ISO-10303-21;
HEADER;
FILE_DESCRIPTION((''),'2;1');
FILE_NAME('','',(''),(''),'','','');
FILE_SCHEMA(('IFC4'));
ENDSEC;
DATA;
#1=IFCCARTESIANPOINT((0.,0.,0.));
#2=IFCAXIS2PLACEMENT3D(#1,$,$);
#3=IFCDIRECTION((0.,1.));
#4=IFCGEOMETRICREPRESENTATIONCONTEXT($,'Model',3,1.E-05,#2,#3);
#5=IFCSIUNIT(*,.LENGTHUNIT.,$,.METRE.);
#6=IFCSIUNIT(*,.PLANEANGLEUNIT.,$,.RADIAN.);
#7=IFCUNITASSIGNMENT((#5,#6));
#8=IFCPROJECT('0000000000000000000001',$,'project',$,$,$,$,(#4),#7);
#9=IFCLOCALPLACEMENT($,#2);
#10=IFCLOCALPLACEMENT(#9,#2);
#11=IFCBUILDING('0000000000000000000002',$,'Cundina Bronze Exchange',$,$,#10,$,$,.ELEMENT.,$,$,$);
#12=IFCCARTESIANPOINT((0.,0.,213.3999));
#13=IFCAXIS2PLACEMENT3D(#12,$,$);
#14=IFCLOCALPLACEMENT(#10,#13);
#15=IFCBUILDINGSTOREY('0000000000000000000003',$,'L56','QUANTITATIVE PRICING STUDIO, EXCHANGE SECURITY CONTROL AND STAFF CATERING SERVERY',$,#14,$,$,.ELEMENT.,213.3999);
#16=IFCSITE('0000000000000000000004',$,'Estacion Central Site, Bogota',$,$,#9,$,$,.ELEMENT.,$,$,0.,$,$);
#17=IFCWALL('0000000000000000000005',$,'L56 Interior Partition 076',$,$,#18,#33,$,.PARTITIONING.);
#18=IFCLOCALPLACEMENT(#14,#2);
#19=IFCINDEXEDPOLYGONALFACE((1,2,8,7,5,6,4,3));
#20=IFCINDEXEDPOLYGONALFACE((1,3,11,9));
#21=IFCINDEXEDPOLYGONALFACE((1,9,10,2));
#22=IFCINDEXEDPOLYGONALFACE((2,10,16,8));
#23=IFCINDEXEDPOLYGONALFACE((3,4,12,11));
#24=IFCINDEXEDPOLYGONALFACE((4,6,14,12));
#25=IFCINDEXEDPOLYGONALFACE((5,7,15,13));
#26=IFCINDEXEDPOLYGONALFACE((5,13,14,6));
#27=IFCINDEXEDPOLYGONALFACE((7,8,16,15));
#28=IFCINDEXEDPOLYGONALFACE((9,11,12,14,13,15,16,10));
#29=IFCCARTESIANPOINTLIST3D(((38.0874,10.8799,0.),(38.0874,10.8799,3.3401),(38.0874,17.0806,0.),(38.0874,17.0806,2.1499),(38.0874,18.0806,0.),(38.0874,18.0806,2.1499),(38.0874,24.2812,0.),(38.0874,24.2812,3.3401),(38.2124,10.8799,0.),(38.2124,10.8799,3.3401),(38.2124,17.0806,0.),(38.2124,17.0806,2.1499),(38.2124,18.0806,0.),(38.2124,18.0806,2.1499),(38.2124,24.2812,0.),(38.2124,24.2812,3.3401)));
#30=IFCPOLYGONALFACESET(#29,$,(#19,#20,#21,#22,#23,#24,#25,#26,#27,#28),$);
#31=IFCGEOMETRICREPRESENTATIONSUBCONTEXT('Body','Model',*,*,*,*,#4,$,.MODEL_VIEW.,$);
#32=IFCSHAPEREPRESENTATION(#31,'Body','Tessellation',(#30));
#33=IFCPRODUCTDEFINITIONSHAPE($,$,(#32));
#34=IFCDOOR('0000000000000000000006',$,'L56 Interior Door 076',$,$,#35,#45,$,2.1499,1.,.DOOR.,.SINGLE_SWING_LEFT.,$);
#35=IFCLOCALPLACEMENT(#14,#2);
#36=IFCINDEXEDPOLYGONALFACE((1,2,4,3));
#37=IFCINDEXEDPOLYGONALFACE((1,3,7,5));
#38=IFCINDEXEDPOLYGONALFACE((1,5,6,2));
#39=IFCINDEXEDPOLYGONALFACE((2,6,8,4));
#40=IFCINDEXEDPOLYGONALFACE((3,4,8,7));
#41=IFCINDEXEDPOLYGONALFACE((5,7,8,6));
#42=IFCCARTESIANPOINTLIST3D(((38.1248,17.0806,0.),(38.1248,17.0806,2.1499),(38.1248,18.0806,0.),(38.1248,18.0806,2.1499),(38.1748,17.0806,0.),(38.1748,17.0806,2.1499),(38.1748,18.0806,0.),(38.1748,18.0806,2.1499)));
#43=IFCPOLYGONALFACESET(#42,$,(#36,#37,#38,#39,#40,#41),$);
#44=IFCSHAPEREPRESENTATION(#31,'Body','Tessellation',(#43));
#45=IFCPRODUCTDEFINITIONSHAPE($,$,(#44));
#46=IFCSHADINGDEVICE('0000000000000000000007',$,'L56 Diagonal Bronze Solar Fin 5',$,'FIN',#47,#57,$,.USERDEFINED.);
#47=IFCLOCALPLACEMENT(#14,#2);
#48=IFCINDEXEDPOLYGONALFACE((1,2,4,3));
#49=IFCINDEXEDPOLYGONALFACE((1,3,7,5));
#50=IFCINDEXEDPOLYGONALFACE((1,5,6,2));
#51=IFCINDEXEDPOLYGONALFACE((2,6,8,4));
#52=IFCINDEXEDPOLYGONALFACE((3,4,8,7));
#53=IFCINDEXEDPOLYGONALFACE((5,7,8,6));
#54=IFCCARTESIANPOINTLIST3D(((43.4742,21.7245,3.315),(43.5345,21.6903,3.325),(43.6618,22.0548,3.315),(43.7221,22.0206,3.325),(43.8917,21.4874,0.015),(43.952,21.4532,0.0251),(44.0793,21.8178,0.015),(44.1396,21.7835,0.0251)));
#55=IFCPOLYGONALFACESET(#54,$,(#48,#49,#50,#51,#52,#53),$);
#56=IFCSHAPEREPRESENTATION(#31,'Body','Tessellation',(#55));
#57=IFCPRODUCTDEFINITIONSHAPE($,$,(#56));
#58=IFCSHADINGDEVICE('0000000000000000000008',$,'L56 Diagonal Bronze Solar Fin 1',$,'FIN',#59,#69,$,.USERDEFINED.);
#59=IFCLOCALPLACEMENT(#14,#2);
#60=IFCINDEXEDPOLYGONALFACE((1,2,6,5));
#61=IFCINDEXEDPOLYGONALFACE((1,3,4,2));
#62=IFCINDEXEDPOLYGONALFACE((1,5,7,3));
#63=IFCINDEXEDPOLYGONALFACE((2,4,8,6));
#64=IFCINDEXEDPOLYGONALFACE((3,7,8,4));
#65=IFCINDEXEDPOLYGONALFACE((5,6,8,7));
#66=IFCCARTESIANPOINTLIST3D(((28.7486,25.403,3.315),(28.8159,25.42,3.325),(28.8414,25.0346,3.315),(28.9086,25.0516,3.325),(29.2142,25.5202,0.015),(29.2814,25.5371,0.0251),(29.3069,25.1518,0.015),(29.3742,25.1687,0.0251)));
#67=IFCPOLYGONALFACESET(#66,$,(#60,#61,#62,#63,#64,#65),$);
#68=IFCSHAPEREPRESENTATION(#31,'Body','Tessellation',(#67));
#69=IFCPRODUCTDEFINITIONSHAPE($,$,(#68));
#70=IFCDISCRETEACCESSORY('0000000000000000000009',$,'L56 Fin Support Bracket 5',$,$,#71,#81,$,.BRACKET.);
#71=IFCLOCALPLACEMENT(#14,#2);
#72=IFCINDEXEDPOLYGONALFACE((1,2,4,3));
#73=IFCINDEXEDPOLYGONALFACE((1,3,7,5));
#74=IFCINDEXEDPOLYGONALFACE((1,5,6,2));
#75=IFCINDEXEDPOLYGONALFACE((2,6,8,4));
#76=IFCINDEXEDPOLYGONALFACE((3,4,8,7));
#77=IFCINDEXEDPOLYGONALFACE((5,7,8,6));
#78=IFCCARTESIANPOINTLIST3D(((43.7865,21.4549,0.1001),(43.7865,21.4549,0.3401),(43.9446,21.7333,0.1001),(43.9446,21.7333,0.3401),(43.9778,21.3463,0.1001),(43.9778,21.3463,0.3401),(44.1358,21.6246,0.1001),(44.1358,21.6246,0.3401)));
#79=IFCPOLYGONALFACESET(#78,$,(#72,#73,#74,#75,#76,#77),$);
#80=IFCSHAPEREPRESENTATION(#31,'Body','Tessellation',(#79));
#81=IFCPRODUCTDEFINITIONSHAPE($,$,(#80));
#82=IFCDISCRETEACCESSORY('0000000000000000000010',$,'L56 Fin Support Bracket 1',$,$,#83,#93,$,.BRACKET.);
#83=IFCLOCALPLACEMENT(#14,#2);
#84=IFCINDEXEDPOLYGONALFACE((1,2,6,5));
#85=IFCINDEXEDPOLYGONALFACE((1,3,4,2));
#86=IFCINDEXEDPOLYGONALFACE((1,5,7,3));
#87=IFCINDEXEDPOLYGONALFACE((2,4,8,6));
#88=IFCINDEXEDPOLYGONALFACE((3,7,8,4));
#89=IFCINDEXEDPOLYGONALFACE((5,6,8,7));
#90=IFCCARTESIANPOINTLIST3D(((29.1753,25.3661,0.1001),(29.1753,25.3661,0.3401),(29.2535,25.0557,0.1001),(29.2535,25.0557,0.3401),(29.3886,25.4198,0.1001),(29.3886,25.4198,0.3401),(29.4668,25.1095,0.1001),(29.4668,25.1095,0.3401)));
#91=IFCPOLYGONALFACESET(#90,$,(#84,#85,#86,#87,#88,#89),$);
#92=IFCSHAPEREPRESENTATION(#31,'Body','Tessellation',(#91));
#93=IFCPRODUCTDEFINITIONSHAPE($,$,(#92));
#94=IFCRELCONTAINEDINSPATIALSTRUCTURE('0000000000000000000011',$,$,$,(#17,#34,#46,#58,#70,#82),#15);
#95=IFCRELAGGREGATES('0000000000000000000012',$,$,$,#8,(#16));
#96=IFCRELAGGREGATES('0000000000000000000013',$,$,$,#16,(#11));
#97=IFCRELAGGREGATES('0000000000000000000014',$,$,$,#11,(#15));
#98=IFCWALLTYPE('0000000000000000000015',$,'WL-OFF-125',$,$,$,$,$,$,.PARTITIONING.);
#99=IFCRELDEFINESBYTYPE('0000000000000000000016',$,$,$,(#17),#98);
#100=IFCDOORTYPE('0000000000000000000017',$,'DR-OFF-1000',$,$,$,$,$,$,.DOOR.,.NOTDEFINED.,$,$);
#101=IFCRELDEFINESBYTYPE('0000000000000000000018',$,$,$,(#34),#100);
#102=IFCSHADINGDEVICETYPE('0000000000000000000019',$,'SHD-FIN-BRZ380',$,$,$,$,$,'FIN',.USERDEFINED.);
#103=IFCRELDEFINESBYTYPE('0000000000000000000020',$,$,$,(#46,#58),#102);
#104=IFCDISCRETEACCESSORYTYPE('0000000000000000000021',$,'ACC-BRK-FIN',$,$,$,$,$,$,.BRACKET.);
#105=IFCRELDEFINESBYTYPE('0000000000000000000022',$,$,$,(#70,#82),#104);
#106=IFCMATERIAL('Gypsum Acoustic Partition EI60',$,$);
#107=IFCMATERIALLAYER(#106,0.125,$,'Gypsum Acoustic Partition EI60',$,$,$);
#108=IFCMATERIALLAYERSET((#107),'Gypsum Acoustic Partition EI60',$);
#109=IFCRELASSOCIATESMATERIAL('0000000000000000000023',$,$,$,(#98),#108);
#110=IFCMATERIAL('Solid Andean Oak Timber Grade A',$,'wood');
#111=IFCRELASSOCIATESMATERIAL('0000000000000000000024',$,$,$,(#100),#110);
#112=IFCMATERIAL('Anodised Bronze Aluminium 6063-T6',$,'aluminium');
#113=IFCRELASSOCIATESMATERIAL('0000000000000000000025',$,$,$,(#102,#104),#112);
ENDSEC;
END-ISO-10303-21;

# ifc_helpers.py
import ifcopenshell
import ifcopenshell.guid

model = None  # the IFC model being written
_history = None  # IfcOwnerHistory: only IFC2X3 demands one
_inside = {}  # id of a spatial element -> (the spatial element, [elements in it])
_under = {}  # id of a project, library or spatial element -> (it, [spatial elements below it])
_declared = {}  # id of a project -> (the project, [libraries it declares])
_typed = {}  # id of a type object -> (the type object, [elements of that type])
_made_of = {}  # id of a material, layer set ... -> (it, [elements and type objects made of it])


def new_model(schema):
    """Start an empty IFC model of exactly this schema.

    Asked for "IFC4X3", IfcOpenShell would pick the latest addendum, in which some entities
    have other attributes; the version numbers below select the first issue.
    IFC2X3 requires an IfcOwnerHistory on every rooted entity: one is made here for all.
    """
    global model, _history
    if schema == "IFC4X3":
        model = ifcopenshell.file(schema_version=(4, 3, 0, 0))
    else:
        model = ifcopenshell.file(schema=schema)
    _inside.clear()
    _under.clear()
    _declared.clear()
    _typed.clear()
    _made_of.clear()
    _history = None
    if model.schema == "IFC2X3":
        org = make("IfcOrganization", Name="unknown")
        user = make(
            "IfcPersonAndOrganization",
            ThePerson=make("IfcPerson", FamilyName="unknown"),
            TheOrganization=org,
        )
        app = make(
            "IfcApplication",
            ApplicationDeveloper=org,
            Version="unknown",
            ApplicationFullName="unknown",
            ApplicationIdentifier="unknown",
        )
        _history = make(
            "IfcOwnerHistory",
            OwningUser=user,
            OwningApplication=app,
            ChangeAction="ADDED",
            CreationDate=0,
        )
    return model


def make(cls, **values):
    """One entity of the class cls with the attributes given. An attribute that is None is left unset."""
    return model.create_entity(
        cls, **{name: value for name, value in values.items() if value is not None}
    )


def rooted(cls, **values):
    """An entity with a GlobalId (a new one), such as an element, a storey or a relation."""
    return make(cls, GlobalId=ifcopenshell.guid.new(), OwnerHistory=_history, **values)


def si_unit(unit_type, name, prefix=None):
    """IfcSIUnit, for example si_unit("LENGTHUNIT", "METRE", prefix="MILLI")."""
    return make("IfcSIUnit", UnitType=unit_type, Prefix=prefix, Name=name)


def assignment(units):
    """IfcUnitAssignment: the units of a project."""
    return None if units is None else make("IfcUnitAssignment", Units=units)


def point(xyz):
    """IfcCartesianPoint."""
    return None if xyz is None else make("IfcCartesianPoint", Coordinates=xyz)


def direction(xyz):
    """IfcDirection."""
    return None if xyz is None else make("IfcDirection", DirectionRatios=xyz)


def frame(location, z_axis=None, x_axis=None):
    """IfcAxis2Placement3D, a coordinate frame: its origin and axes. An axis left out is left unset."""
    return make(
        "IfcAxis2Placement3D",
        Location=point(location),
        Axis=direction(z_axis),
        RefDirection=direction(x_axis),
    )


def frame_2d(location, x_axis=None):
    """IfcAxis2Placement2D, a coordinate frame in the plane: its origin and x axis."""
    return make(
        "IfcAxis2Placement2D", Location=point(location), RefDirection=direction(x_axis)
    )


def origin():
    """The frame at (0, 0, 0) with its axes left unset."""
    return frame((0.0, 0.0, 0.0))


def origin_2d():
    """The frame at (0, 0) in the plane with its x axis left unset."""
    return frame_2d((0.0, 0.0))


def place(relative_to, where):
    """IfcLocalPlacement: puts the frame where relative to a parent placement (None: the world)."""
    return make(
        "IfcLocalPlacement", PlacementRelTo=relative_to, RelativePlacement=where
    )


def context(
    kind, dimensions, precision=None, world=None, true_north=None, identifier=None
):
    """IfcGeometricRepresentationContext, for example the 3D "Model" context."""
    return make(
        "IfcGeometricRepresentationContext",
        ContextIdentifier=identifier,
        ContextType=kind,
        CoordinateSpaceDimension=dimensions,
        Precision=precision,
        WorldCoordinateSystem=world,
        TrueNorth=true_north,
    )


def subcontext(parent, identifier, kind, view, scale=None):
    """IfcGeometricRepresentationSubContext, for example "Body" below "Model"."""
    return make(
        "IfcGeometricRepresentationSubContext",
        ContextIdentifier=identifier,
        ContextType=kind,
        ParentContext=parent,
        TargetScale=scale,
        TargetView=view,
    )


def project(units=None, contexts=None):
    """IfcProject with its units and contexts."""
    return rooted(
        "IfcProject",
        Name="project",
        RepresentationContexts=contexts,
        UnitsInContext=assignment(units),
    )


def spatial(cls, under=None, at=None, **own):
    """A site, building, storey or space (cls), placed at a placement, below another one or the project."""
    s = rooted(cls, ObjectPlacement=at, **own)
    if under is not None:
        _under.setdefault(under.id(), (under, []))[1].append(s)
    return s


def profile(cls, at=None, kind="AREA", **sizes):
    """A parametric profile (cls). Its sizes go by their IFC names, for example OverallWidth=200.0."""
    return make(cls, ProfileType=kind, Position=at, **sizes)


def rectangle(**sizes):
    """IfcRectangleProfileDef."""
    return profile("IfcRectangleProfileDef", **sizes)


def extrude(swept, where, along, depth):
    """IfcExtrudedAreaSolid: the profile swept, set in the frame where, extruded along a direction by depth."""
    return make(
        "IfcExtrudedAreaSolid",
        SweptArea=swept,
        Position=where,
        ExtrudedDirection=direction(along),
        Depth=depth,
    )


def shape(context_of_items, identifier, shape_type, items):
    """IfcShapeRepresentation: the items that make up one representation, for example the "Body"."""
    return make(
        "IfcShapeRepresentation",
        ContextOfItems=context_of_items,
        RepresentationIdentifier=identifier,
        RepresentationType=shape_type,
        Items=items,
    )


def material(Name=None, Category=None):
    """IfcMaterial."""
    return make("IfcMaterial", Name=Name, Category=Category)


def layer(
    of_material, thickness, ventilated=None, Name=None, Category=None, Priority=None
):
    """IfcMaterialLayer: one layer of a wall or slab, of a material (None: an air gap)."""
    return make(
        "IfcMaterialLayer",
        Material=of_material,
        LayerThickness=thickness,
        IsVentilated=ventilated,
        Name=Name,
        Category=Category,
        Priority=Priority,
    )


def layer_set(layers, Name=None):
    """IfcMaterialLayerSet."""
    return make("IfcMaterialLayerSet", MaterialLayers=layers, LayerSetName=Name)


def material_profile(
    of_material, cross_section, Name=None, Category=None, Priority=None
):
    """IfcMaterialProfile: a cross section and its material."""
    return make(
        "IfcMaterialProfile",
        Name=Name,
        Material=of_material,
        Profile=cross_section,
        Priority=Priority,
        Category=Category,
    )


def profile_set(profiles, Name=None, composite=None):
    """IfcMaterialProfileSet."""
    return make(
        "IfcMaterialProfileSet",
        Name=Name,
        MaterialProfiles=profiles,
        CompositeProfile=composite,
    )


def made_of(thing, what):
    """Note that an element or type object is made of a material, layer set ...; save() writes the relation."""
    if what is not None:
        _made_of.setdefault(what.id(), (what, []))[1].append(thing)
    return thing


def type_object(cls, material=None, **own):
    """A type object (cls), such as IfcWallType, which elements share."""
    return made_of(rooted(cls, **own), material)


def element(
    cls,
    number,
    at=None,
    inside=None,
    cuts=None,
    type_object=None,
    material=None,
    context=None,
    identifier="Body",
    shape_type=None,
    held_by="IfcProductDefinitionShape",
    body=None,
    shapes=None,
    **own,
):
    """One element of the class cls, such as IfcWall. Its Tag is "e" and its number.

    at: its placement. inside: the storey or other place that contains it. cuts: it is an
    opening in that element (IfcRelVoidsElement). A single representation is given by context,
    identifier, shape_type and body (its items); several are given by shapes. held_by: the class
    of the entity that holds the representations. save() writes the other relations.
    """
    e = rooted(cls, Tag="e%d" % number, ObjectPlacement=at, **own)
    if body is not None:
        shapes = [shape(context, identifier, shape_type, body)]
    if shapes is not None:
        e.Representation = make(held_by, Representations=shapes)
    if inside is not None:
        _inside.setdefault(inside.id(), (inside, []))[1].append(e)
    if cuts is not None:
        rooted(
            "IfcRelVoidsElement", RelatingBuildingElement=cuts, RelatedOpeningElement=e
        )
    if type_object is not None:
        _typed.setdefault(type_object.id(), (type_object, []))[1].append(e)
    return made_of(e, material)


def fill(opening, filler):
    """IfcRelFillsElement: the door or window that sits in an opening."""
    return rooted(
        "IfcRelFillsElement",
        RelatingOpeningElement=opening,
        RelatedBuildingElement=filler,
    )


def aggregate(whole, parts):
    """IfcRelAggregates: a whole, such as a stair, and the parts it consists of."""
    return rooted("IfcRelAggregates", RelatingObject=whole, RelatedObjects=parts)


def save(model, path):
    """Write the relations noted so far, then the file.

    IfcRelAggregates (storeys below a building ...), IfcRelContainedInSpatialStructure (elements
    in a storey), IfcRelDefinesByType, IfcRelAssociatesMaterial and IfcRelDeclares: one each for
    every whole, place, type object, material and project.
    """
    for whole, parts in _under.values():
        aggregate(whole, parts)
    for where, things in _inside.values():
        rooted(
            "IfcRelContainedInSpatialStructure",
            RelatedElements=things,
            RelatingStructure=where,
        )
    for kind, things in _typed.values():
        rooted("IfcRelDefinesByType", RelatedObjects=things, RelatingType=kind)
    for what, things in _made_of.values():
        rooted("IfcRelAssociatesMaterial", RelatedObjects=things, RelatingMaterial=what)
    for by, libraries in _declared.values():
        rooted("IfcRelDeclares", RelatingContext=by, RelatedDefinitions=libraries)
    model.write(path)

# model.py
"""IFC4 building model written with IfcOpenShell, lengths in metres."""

from ifc_helpers import new_model, si_unit, direction, frame, frame_2d, origin, origin_2d, place, context, subcontext, project, spatial, rectangle, extrude, material, layer, layer_set, material_profile, profile_set, type_object, element, fill, save


model = new_model("IFC4")

# Units and contexts
model_context = context("Model", 3, precision=1e-05, world=origin(), true_north=direction((0.0, 1.0)))
body_context = subcontext(model_context, "Body", "Model", "MODEL_VIEW")
ifc_project = project(units=[si_unit("LENGTHUNIT", "METRE"), si_unit("PLANEANGLEUNIT", "RADIAN")], contexts=[model_context])

# Site, building, storey
site_placement = place(None, origin())
site = spatial("IfcSite", under=ifc_project, at=site_placement, Name="Estacion Central Site, Bogota", CompositionType="ELEMENT", RefElevation=0.0)
building_placement = place(site_placement, origin())
building = spatial("IfcBuilding", under=site, at=building_placement, Name="Cundina Bronze Exchange", CompositionType="ELEMENT")
storey_placement = place(building_placement, frame((0.0, 0.0, 213.3999)))
storey = spatial("IfcBuildingStorey", under=building, at=storey_placement, Name="L56", Description="QUANTITATIVE PRICING STUDIO, EXCHANGE SECURITY CONTROL AND STAFF CATERING SERVERY", CompositionType="ELEMENT", Elevation=213.3999)

# Shared definitions
ifc_material_1 = material(Name="Anodised Bronze Aluminium 6063-T6", Category="aluminium")

# Wall, opening, door
ifc_material_2 = material(Name="Gypsum Acoustic Partition EI60")
ifc_layer_1 = layer(ifc_material_2, 0.125, Name="Gypsum Acoustic Partition EI60")
ifc_layer_set_1 = layer_set([ifc_layer_1], Name="Gypsum Acoustic Partition EI60")
wall_type = type_object("IfcWallType", Name="WL-OFF-125", PredefinedType="PARTITIONING", material=ifc_layer_set_1)
ifc_material_3 = material(Name="Solid Andean Oak Timber Grade A", Category="wood")
door_type = type_object("IfcDoorType", Name="DR-OFF-1000", OperationType="NOTDEFINED", PredefinedType="DOOR", material=ifc_material_3)
wall_1_placement = place(storey_placement, frame((38.1499, 24.2812, 0.0), z_axis=(0.0, 0.0, 1.0), x_axis=(0.0, -1.0, 0.0)))
wall_1 = element("IfcWall", 1, at=wall_1_placement, inside=storey, type_object=wall_type, Name="L56 Interior Partition 076", PredefinedType="PARTITIONING", context=body_context, shape_type="SweptSolid", body=[
    extrude(rectangle(XDim=13.4014, YDim=0.125, at=frame_2d((6.7007, 0.0))), origin(), (0.0, 0.0, 1.0), 3.3401),
])
opening_1_placement = place(wall_1_placement, frame((6.2007, 0.0, 0.0)))
opening_1 = element("IfcOpeningElement", 2, at=opening_1_placement, cuts=wall_1, PredefinedType="OPENING", context=body_context, shape_type="SweptSolid", body=[
    extrude(rectangle(XDim=1.0, YDim=2.1499, at=frame_2d((0.5, 1.075))), frame((0.0, 0.0725, 0.0), z_axis=(0.0, -1.0, 0.0), x_axis=(1.0, 0.0, 0.0)), (0.0, 0.0, 1.0), 0.145),
])
door_1_placement = place(opening_1_placement, origin())
door_1 = element("IfcDoor", 3, at=door_1_placement, inside=storey, type_object=door_type, Name="L56 Interior Door 076", OperationType="SINGLE_SWING_LEFT", OverallHeight=2.1499, OverallWidth=1.0, PredefinedType="DOOR", context=body_context, shape_type="SweptSolid", body=[
    extrude(rectangle(XDim=1.0, YDim=2.1499, at=frame_2d((0.5, 1.075))), frame((0.0, 0.0249, 0.0), z_axis=(0.0, -1.0, 0.0), x_axis=(1.0, 0.0, 0.0)), (0.0, 0.0, 1.0), 0.05),
])
fill(opening_1, door_1)

# Shading devices
ifc_material_profile_1 = material_profile(ifc_material_1, rectangle(XDim=0.0701, YDim=0.3799, at=origin_2d()), Name="FIN70X380", Category="aluminium")
ifc_profile_set_1 = profile_set([ifc_material_profile_1], Name="Anodised Bronze Aluminium 6063-T6")
shading_device_type = type_object("IfcShadingDeviceType", Name="SHD-FIN-BRZ380", ElementType="FIN", PredefinedType="USERDEFINED", material=ifc_profile_set_1)
for number, where, z_axis, x_axis, name in (
    (4, (44.0156, 21.6355, 0.02), (-0.12519, 0.071087, 0.989583), (0.860527, -0.488638, 0.143965), "L56 Diagonal Bronze Solar Fin 5"),
    (5, (29.2942, 25.3445, 0.02), (-0.139612, -0.035141, 0.989583), (0.95965, 0.241548, 0.143967), "L56 Diagonal Bronze Solar Fin 1"),
):
    element("IfcShadingDevice", number, at=place(storey_placement, frame(where, z_axis=z_axis, x_axis=x_axis)), inside=storey, type_object=shading_device_type, Name=name, ObjectType="FIN", PredefinedType="USERDEFINED", context=body_context, shape_type="SweptSolid", body=[
        extrude(rectangle(XDim=0.0701, YDim=0.3799, at=origin_2d()), origin(), (0.0, 0.0, 1.0), 3.3347),
    ])

# Discrete accessories
discrete_accessory_type = type_object("IfcDiscreteAccessoryType", Name="ACC-BRK-FIN", PredefinedType="BRACKET", material=ifc_material_1)
for number, where, z_axis, x_axis, name in (
    (6, (43.9612, 21.5398, 0.1001), (0.0, 0.0, 1.0), (-0.869573, 0.493805, 0.0), "L56 Fin Support Bracket 5"),
    (7, (29.321, 25.2378, 0.1001), (0.0, 0.0, 1.0), (-0.969732, -0.244174, 0.0), "L56 Fin Support Bracket 1"),
):
    element("IfcDiscreteAccessory", number, at=place(storey_placement, frame(where, z_axis=z_axis, x_axis=x_axis)), inside=storey, type_object=discrete_accessory_type, Name=name, PredefinedType="BRACKET", context=body_context, shape_type="SweptSolid", body=[
        extrude(rectangle(XDim=0.22, YDim=0.3201, at=origin_2d()), origin(), (0.0, 0.0, 1.0), 0.24),
    ])

save(model, "model.ifc")
